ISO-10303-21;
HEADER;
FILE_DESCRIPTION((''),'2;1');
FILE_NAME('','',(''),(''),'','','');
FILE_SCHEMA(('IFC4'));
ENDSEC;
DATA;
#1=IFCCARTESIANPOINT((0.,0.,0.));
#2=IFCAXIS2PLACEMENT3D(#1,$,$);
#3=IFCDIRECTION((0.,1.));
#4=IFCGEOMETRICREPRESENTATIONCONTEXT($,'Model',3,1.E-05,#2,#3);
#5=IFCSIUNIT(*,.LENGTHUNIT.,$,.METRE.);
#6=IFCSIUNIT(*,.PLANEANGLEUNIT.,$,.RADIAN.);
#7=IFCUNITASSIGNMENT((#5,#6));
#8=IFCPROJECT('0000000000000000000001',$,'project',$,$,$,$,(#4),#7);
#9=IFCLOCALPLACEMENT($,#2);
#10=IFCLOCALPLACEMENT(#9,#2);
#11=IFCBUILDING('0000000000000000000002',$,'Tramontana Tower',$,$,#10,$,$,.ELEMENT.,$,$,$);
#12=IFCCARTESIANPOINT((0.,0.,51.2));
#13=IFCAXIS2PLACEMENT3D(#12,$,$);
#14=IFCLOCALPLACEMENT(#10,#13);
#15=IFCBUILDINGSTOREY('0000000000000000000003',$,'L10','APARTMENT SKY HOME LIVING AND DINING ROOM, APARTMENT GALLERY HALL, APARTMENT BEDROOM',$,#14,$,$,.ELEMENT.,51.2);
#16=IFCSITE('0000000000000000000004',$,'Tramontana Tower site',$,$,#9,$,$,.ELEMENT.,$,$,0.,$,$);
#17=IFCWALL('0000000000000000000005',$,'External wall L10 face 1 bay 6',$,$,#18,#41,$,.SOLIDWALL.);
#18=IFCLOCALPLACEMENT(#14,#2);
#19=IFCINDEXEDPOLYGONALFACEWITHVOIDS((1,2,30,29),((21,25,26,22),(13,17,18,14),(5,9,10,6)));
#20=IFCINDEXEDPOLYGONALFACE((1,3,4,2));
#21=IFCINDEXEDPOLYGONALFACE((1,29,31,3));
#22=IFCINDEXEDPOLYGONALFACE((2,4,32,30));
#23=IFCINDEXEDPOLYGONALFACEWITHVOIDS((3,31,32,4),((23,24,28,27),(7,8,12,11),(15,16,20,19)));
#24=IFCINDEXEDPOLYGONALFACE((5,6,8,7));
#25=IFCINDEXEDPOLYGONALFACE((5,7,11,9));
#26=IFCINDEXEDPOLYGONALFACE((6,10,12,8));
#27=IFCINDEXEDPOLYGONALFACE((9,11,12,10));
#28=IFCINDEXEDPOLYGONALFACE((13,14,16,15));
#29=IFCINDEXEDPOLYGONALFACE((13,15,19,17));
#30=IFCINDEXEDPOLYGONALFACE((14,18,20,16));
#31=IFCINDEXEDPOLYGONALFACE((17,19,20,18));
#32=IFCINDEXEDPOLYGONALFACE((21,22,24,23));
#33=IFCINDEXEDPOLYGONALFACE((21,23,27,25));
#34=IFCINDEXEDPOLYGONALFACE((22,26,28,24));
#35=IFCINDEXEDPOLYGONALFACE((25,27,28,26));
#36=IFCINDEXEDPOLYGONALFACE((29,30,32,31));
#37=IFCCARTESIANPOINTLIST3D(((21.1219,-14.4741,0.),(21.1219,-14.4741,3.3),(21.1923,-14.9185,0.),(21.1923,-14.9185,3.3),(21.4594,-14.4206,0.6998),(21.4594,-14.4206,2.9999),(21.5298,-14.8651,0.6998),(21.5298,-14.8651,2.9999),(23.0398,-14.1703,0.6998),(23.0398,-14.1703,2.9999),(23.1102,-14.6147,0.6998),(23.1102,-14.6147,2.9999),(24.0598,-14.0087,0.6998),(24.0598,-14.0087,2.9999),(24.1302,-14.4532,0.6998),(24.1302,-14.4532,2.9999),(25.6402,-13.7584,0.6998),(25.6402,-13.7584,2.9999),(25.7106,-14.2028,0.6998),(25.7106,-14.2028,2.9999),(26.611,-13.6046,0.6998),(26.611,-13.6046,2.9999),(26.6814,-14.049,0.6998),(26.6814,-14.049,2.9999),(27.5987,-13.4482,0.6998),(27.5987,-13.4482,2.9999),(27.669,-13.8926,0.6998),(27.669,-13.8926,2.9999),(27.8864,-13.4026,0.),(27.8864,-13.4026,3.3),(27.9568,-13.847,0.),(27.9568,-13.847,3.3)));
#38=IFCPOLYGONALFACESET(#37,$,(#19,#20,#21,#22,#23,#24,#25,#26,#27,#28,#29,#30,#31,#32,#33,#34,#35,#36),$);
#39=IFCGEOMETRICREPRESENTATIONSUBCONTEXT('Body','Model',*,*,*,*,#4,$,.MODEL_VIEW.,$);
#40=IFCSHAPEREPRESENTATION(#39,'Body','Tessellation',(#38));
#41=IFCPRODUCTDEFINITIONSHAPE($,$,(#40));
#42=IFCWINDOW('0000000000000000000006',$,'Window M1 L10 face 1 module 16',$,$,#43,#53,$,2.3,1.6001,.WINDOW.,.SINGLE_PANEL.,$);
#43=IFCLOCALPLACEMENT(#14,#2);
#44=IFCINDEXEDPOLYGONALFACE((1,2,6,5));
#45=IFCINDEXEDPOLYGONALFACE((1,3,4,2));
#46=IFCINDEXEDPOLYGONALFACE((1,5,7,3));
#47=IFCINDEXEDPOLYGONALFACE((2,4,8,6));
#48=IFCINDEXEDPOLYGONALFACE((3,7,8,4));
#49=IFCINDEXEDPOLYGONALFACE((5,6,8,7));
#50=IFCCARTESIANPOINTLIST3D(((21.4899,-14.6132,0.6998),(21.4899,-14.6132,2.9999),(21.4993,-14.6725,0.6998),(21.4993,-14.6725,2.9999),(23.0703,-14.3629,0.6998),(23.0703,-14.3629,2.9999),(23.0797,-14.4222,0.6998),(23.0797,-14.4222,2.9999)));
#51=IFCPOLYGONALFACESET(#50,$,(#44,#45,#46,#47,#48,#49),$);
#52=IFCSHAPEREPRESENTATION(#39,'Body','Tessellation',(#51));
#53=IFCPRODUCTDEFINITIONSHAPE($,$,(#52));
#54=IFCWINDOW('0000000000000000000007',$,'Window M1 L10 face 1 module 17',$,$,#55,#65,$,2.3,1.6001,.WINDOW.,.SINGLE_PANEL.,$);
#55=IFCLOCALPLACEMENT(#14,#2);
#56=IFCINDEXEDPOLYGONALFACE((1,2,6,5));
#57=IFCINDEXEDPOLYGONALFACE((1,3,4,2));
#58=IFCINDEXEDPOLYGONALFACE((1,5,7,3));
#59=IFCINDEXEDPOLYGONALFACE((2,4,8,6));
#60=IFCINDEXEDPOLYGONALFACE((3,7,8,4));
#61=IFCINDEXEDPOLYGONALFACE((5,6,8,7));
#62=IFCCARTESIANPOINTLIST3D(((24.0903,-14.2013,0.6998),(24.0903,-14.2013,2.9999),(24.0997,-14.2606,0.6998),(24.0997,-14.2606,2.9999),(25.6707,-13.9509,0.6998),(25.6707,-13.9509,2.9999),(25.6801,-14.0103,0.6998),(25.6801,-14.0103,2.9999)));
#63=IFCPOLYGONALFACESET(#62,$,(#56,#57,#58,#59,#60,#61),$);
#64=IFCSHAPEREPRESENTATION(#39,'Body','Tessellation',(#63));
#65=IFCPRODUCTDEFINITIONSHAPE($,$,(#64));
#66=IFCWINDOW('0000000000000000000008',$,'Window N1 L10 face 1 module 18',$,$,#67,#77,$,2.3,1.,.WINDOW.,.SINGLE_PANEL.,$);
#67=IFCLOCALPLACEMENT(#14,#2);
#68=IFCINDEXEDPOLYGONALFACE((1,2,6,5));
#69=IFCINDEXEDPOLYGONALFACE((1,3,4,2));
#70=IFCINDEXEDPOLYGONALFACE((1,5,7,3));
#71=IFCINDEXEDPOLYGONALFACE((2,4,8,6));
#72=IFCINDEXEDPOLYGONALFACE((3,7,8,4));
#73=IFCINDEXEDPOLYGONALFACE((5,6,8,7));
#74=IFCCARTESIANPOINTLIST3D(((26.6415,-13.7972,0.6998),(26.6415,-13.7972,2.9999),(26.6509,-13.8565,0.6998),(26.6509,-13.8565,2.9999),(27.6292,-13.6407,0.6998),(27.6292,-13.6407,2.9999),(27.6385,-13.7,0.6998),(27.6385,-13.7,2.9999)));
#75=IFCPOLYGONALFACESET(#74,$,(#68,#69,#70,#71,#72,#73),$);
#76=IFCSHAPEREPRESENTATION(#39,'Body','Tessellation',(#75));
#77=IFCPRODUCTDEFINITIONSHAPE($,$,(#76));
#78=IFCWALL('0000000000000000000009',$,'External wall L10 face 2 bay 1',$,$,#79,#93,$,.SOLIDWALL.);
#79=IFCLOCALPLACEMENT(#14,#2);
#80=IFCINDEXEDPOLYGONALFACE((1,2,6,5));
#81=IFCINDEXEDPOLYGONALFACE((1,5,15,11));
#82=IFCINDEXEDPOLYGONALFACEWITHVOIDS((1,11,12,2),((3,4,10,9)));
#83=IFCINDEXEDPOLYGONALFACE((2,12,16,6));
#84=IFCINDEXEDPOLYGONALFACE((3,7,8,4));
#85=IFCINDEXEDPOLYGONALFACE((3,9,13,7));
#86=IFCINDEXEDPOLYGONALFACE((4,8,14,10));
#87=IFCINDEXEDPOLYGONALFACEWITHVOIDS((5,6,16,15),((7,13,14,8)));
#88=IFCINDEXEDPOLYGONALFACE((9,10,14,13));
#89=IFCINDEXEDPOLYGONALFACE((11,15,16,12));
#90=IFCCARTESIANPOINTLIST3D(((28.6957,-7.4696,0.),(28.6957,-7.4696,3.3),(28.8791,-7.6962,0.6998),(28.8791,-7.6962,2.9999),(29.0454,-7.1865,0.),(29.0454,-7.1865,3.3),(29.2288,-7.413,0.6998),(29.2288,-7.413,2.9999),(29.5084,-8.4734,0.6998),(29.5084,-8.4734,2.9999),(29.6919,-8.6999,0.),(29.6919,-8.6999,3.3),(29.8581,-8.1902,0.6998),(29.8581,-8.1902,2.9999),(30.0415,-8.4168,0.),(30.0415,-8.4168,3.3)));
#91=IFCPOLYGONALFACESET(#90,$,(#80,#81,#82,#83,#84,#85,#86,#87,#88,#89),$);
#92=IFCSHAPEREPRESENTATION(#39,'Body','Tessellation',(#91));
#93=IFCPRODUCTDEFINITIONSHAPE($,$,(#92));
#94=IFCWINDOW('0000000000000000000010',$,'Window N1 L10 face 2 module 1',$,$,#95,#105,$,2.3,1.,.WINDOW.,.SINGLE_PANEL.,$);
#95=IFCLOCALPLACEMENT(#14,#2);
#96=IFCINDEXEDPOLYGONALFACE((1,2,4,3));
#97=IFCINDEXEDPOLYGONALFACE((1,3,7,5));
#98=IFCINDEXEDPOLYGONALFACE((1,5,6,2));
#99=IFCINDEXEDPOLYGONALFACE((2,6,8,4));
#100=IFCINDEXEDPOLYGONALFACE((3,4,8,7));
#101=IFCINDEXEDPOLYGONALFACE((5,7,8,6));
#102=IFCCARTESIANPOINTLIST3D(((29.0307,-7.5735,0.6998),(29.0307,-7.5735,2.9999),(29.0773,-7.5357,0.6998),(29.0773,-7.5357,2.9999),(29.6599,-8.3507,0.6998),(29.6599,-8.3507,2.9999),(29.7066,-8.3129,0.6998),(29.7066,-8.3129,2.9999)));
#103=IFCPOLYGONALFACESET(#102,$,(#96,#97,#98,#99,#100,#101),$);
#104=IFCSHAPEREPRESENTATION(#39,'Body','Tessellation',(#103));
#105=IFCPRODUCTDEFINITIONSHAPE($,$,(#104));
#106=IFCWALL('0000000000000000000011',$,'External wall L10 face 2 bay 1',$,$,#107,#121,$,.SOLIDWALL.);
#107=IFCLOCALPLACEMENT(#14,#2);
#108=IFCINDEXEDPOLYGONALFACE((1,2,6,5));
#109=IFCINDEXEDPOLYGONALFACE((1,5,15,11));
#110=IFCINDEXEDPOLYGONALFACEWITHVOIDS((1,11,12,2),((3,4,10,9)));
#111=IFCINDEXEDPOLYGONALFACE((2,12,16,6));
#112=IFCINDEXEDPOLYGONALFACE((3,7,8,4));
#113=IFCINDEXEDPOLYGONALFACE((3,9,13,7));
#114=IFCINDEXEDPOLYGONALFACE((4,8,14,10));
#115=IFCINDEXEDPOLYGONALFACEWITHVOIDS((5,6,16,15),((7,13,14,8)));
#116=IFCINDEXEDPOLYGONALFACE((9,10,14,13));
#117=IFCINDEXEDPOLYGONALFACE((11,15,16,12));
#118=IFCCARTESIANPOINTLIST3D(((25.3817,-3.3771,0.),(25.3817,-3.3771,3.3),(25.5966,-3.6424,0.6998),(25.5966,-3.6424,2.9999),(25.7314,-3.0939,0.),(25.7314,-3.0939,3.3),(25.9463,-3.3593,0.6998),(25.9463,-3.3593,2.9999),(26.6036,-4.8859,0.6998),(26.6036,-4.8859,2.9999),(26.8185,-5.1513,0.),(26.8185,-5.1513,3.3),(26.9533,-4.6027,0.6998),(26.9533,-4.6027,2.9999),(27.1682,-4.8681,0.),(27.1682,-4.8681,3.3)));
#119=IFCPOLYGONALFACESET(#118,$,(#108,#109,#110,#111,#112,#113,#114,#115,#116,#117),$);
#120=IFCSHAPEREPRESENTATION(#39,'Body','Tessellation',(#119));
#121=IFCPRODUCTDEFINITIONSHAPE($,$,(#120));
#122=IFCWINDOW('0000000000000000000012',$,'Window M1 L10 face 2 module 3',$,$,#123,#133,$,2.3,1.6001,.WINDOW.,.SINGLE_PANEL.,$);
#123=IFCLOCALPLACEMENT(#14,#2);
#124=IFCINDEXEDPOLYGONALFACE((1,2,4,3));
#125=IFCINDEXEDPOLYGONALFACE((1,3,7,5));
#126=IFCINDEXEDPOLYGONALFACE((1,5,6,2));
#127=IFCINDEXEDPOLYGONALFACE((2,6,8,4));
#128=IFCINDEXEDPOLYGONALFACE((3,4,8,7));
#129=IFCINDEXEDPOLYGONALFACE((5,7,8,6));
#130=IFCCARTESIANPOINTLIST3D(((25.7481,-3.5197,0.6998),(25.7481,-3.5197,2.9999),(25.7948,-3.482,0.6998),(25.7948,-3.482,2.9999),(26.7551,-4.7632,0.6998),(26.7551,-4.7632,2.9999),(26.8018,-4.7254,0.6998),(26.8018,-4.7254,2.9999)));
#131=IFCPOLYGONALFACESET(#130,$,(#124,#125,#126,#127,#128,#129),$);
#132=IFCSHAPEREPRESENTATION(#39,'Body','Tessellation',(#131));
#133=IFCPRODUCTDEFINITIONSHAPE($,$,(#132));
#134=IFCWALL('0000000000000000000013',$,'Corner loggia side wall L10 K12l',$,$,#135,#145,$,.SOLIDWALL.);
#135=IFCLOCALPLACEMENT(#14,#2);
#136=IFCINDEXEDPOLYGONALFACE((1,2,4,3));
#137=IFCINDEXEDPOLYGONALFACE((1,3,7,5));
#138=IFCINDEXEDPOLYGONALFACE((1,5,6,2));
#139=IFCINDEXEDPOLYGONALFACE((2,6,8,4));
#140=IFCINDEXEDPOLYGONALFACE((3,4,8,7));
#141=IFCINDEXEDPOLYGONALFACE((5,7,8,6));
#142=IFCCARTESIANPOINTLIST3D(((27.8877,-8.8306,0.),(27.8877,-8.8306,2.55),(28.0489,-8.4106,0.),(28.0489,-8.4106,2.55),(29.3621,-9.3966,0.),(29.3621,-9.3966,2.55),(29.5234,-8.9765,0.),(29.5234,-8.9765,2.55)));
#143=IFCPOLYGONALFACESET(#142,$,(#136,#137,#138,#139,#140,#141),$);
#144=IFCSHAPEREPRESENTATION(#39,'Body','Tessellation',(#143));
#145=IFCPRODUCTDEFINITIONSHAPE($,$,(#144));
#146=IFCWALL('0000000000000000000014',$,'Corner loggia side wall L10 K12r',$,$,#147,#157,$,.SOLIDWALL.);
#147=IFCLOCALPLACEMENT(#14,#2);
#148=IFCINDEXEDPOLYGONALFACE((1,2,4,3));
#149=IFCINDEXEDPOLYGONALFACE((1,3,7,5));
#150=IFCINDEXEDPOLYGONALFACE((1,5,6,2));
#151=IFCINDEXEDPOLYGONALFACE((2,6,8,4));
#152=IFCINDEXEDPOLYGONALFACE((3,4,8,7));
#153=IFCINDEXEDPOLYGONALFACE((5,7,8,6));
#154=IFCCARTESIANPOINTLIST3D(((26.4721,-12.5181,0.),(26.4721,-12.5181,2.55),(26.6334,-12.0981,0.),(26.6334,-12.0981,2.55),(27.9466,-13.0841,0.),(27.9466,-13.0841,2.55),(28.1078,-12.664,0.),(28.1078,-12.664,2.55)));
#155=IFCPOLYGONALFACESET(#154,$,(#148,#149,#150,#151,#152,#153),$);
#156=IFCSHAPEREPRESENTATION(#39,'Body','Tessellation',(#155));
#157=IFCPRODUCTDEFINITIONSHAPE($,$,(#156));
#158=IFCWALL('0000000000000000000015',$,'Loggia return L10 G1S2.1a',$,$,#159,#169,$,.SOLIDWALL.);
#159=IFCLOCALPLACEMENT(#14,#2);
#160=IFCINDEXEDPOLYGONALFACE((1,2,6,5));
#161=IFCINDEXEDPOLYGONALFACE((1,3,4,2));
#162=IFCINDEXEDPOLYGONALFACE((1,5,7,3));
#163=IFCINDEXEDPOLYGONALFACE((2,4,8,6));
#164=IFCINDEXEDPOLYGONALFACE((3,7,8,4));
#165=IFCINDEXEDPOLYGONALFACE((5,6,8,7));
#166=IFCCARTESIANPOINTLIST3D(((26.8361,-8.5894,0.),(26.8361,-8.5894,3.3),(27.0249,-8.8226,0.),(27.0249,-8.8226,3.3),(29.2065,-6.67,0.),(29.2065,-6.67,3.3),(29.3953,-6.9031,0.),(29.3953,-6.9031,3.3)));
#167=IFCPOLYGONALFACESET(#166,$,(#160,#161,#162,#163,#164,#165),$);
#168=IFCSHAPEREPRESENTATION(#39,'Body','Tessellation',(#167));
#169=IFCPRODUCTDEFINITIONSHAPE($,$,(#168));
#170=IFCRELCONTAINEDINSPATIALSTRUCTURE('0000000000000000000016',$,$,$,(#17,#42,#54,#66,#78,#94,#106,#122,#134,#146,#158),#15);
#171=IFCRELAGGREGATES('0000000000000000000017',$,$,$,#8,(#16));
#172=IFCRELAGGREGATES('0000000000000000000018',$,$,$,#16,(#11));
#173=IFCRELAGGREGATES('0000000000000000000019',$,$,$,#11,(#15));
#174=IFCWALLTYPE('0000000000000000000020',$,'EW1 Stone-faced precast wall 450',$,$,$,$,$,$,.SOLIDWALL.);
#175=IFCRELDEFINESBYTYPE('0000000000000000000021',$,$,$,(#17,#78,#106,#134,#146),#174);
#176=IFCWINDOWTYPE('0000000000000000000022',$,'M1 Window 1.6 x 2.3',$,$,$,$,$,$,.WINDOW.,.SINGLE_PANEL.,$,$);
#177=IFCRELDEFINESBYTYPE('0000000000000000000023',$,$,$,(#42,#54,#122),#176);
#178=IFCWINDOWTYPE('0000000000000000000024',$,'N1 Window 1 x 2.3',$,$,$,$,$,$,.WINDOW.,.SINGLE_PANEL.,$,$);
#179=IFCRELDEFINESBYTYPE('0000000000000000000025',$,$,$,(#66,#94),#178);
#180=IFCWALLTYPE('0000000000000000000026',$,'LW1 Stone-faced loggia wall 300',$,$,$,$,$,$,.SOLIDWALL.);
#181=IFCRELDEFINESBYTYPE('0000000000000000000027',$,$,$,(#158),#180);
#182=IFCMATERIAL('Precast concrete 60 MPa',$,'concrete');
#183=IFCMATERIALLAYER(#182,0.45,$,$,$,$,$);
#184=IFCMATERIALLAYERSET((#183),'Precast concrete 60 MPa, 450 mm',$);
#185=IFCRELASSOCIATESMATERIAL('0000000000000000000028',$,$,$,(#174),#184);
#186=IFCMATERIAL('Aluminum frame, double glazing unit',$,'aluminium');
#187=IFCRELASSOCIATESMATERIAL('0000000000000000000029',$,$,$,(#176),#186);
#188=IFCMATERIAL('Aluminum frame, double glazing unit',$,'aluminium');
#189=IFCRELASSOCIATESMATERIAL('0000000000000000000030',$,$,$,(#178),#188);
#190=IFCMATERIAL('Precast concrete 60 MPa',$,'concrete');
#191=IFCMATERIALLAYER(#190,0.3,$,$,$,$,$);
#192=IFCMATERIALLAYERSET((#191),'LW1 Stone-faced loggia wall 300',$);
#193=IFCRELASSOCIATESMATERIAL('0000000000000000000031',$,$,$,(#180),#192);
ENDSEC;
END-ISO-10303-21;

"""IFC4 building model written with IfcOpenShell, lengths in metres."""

from ifc_helpers import new_model, si_unit, direction, frame, frame_2d, origin, place, context, subcontext, project, spatial, rectangle, extrude, material, layer, layer_set, type_object, element, fill, save


model = new_model("IFC4")

# Units and contexts
model_context = context("Model", 3, precision=1e-05, world=origin(), true_north=direction((0.0, 1.0)))
body_context = subcontext(model_context, "Body", "Model", "MODEL_VIEW")
ifc_project = project(units=[si_unit("LENGTHUNIT", "METRE"), si_unit("PLANEANGLEUNIT", "RADIAN")], contexts=[model_context])

# Site, building, storey
site_placement = place(None, origin())
site = spatial("IfcSite", under=ifc_project, at=site_placement, Name="Tramontana Tower site", CompositionType="ELEMENT", RefElevation=0.0)
building_placement = place(site_placement, origin())
building = spatial("IfcBuilding", under=site, at=building_placement, Name="Tramontana Tower", CompositionType="ELEMENT")
storey_placement = place(building_placement, frame((0.0, 0.0, 51.2)))
storey = spatial("IfcBuildingStorey", under=building, at=storey_placement, Name="L10", Description="APARTMENT SKY HOME LIVING AND DINING ROOM, APARTMENT GALLERY HALL, APARTMENT BEDROOM", CompositionType="ELEMENT", Elevation=51.2)

# Wall, openings, windows
ifc_material_1 = material(Name="Precast concrete 60 MPa", Category="concrete")
ifc_layer_1 = layer(ifc_material_1, 0.45)
ifc_layer_set_1 = layer_set([ifc_layer_1], Name="Precast concrete 60 MPa, 450 mm")
wall_type_1 = type_object("IfcWallType", Name="EW1 Stone-faced precast wall 450", PredefinedType="SOLIDWALL", material=ifc_layer_set_1)
wall_1_placement = place(storey_placement, frame((21.1572, -14.6963, 0.0), z_axis=(0.0, 0.0, 1.0), x_axis=(0.987686, 0.156451, 0.0)))
wall_1 = element("IfcWall", 1, at=wall_1_placement, inside=storey, type_object=wall_type_1, Name="External wall L10 face 1 bay 6", PredefinedType="SOLIDWALL", context=body_context, shape_type="SweptSolid", body=[
    extrude(rectangle(XDim=6.8489, YDim=0.45, at=frame_2d((3.4243, 0.0))), origin(), (0.0, 0.0, 1.0), 3.3),
])
opening_1_placement = place(wall_1_placement, frame((0.3416, 0.0, 0.7)))
opening_1 = element("IfcOpeningElement", 2, at=opening_1_placement, cuts=wall_1, PredefinedType="OPENING", context=body_context, shape_type="SweptSolid", body=[
    extrude(rectangle(XDim=1.6001, YDim=2.3, at=frame_2d((0.8, 1.1499))), frame((0.0, 0.2349, 0.0), z_axis=(0.0, -1.0, 0.0), x_axis=(1.0, 0.0, 0.0)), (0.0, 0.0, 1.0), 0.47),
])
opening_2_placement = place(wall_1_placement, frame((2.9744, 0.0, 0.7)))
opening_2 = element("IfcOpeningElement", 3, at=opening_2_placement, cuts=wall_1, PredefinedType="OPENING", context=body_context, shape_type="SweptSolid", body=[
    extrude(rectangle(XDim=1.6001, YDim=2.3, at=frame_2d((0.8, 1.1499))), frame((0.0, 0.2349, 0.0), z_axis=(0.0, -1.0, 0.0), x_axis=(1.0, 0.0, 0.0)), (0.0, 0.0, 1.0), 0.47),
])
opening_3_placement = place(wall_1_placement, frame((5.5574, 0.0, 0.7)))
opening_3 = element("IfcOpeningElement", 4, at=opening_3_placement, cuts=wall_1, PredefinedType="OPENING", context=body_context, shape_type="SweptSolid", body=[
    extrude(rectangle(XDim=1.0, YDim=2.3, at=frame_2d((0.5, 1.1499))), frame((0.0, 0.2349, 0.0), z_axis=(0.0, -1.0, 0.0), x_axis=(1.0, 0.0, 0.0)), (0.0, 0.0, 1.0), 0.47),
])
ifc_material_2 = material(Name="Aluminum frame, double glazing unit", Category="aluminium")
window_type_1 = type_object("IfcWindowType", Name="M1 Window 1.6 x 2.3", PartitioningType="SINGLE_PANEL", PredefinedType="WINDOW", material=ifc_material_2)
window_1_placement = place(opening_1_placement, origin())
window_1 = element("IfcWindow", 5, at=window_1_placement, inside=storey, type_object=window_type_1, Name="Window M1 L10 face 1 module 16", OverallHeight=2.3, OverallWidth=1.6001, PartitioningType="SINGLE_PANEL", PredefinedType="WINDOW", context=body_context, shape_type="SweptSolid", body=[
    extrude(rectangle(XDim=1.6001, YDim=2.3, at=frame_2d((0.8, 1.1499))), frame((0.0, 0.03, 0.0), z_axis=(0.0, -1.0, 0.0), x_axis=(1.0, 0.0, 0.0)), (0.0, 0.0, 1.0), 0.0601),
])
fill(opening_1, window_1)
window_2_placement = place(opening_2_placement, origin())
window_2 = element("IfcWindow", 6, at=window_2_placement, inside=storey, type_object=window_type_1, Name="Window M1 L10 face 1 module 17", OverallHeight=2.3, OverallWidth=1.6001, PartitioningType="SINGLE_PANEL", PredefinedType="WINDOW", context=body_context, shape_type="SweptSolid", body=[
    extrude(rectangle(XDim=1.6001, YDim=2.3, at=frame_2d((0.8, 1.1499))), frame((0.0, 0.03, 0.0), z_axis=(0.0, -1.0, 0.0), x_axis=(1.0, 0.0, 0.0)), (0.0, 0.0, 1.0), 0.0601),
])
fill(opening_2, window_2)
ifc_material_3 = material(Name="Aluminum frame, double glazing unit", Category="aluminium")
window_type_2 = type_object("IfcWindowType", Name="N1 Window 1 x 2.3", PartitioningType="SINGLE_PANEL", PredefinedType="WINDOW", material=ifc_material_3)
window_3_placement = place(opening_3_placement, origin())
window_3 = element("IfcWindow", 7, at=window_3_placement, inside=storey, type_object=window_type_2, Name="Window N1 L10 face 1 module 18", OverallHeight=2.3, OverallWidth=1.0, PartitioningType="SINGLE_PANEL", PredefinedType="WINDOW", context=body_context, shape_type="SweptSolid", body=[
    extrude(rectangle(XDim=1.0, YDim=2.3, at=frame_2d((0.5, 1.1499))), frame((0.0, 0.03, 0.0), z_axis=(0.0, -1.0, 0.0), x_axis=(1.0, 0.0, 0.0)), (0.0, 0.0, 1.0), 0.0601),
])
fill(opening_3, window_3)

# Walls, openings, windows
wall_2_placement = place(storey_placement, frame((29.8667, -8.5583, 0.0), z_axis=(0.0, 0.0, 1.0), x_axis=(-0.629274, 0.777184, 0.0)))
wall_2 = element("IfcWall", 8, at=wall_2_placement, inside=storey, type_object=wall_type_1, Name="External wall L10 face 2 bay 1", PredefinedType="SOLIDWALL", context=body_context, shape_type="SweptSolid", body=[
    extrude(rectangle(XDim=1.583, YDim=0.45, at=frame_2d((0.7915, 0.0))), origin(), (0.0, 0.0, 1.0), 3.3),
])
opening_4_placement = place(wall_2_placement, frame((0.2915, 0.0, 0.7)))
opening_4 = element("IfcOpeningElement", 9, at=opening_4_placement, cuts=wall_2, PredefinedType="OPENING", context=body_context, shape_type="SweptSolid", body=[
    extrude(rectangle(XDim=1.0, YDim=2.3, at=frame_2d((0.5, 1.1499))), frame((0.0, 0.2349, 0.0), z_axis=(0.0, -1.0, 0.0), x_axis=(1.0, 0.0, 0.0)), (0.0, 0.0, 1.0), 0.47),
])
window_4_placement = place(opening_4_placement, origin())
window_4 = element("IfcWindow", 10, at=window_4_placement, inside=storey, type_object=window_type_2, Name="Window N1 L10 face 2 module 1", OverallHeight=2.3, OverallWidth=1.0, PartitioningType="SINGLE_PANEL", PredefinedType="WINDOW", context=body_context, shape_type="SweptSolid", body=[
    extrude(rectangle(XDim=1.0, YDim=2.3, at=frame_2d((0.5, 1.1499))), frame((0.0, 0.03, 0.0), z_axis=(0.0, -1.0, 0.0), x_axis=(1.0, 0.0, 0.0)), (0.0, 0.0, 1.0), 0.0601),
])
fill(opening_4, window_4)
wall_3_placement = place(storey_placement, frame((26.9934, -5.0098, 0.0), z_axis=(0.0, 0.0, 1.0), x_axis=(-0.62934, 0.77713, 0.0)))
wall_3 = element("IfcWall", 11, at=wall_3_placement, inside=storey, type_object=wall_type_1, Name="External wall L10 face 2 bay 1", PredefinedType="SOLIDWALL", context=body_context, shape_type="SweptSolid", body=[
    extrude(rectangle(XDim=2.283, YDim=0.45, at=frame_2d((1.1416, 0.0))), origin(), (0.0, 0.0, 1.0), 3.3),
])
opening_5_placement = place(wall_3_placement, frame((0.3416, 0.0, 0.7)))
opening_5 = element("IfcOpeningElement", 12, at=opening_5_placement, cuts=wall_3, PredefinedType="OPENING", context=body_context, shape_type="SweptSolid", body=[
    extrude(rectangle(XDim=1.6001, YDim=2.3, at=frame_2d((0.8, 1.1499))), frame((0.0, 0.2349, 0.0), z_axis=(0.0, -1.0, 0.0), x_axis=(1.0, 0.0, 0.0)), (0.0, 0.0, 1.0), 0.47),
])
window_5_placement = place(opening_5_placement, origin())
window_5 = element("IfcWindow", 13, at=window_5_placement, inside=storey, type_object=window_type_1, Name="Window M1 L10 face 2 module 3", OverallHeight=2.3, OverallWidth=1.6001, PartitioningType="SINGLE_PANEL", PredefinedType="WINDOW", context=body_context, shape_type="SweptSolid", body=[
    extrude(rectangle(XDim=1.6001, YDim=2.3, at=frame_2d((0.8, 1.1499))), frame((0.0, 0.03, 0.0), z_axis=(0.0, -1.0, 0.0), x_axis=(1.0, 0.0, 0.0)), (0.0, 0.0, 1.0), 0.0601),
])
fill(opening_5, window_5)

# Walls
for number, where, z_axis, x_axis, name in (
    (14, (29.4426, -9.1865, 0.0), (0.0, 0.0, 1.0), (-0.933588, 0.358347, 0.0), "Corner loggia side wall L10 K12l"),
    (15, (28.0271, -12.874, 0.0), (0.0, 0.0, 1.0), (-0.933588, 0.358347, 0.0), "Corner loggia side wall L10 K12r"),
):
    element("IfcWall", number, at=place(storey_placement, frame(where, z_axis=z_axis, x_axis=x_axis)), inside=storey, type_object=wall_type_1, Name=name, PredefinedType="SOLIDWALL", context=body_context, shape_type="SweptSolid", body=[
        extrude(rectangle(XDim=1.5793, YDim=0.45, at=frame_2d((0.7896, 0.0))), origin(), (0.0, 0.0, 1.0), 2.55),
    ])

# Shared definitions
ifc_material_4 = material(Name="Precast concrete 60 MPa", Category="concrete")
ifc_layer_2 = layer(ifc_material_4, 0.3)
ifc_layer_set_2 = layer_set([ifc_layer_2], Name="LW1 Stone-faced loggia wall 300")
wall_type_2 = type_object("IfcWallType", Name="LW1 Stone-faced loggia wall 300", PredefinedType="SOLIDWALL", material=ifc_layer_set_2)

# Wall
for number, where, z_axis, x_axis, name in (
    (16, (29.3008, -6.7866, 0.0), (0.0, 0.0, 1.0), (-0.777154, -0.629311, 0.0), "Loggia return L10 G1S2.1a"),
):
    element("IfcWall", number, at=place(storey_placement, frame(where, z_axis=z_axis, x_axis=x_axis)), inside=storey, type_object=wall_type_2, Name=name, PredefinedType="SOLIDWALL", context=body_context, shape_type="SweptSolid", body=[
        extrude(rectangle(XDim=3.05, YDim=0.3, at=frame_2d((1.5249, 0.0))), origin(), (0.0, 0.0, 1.0), 3.3),
    ])

save(model, "model.ifc")
